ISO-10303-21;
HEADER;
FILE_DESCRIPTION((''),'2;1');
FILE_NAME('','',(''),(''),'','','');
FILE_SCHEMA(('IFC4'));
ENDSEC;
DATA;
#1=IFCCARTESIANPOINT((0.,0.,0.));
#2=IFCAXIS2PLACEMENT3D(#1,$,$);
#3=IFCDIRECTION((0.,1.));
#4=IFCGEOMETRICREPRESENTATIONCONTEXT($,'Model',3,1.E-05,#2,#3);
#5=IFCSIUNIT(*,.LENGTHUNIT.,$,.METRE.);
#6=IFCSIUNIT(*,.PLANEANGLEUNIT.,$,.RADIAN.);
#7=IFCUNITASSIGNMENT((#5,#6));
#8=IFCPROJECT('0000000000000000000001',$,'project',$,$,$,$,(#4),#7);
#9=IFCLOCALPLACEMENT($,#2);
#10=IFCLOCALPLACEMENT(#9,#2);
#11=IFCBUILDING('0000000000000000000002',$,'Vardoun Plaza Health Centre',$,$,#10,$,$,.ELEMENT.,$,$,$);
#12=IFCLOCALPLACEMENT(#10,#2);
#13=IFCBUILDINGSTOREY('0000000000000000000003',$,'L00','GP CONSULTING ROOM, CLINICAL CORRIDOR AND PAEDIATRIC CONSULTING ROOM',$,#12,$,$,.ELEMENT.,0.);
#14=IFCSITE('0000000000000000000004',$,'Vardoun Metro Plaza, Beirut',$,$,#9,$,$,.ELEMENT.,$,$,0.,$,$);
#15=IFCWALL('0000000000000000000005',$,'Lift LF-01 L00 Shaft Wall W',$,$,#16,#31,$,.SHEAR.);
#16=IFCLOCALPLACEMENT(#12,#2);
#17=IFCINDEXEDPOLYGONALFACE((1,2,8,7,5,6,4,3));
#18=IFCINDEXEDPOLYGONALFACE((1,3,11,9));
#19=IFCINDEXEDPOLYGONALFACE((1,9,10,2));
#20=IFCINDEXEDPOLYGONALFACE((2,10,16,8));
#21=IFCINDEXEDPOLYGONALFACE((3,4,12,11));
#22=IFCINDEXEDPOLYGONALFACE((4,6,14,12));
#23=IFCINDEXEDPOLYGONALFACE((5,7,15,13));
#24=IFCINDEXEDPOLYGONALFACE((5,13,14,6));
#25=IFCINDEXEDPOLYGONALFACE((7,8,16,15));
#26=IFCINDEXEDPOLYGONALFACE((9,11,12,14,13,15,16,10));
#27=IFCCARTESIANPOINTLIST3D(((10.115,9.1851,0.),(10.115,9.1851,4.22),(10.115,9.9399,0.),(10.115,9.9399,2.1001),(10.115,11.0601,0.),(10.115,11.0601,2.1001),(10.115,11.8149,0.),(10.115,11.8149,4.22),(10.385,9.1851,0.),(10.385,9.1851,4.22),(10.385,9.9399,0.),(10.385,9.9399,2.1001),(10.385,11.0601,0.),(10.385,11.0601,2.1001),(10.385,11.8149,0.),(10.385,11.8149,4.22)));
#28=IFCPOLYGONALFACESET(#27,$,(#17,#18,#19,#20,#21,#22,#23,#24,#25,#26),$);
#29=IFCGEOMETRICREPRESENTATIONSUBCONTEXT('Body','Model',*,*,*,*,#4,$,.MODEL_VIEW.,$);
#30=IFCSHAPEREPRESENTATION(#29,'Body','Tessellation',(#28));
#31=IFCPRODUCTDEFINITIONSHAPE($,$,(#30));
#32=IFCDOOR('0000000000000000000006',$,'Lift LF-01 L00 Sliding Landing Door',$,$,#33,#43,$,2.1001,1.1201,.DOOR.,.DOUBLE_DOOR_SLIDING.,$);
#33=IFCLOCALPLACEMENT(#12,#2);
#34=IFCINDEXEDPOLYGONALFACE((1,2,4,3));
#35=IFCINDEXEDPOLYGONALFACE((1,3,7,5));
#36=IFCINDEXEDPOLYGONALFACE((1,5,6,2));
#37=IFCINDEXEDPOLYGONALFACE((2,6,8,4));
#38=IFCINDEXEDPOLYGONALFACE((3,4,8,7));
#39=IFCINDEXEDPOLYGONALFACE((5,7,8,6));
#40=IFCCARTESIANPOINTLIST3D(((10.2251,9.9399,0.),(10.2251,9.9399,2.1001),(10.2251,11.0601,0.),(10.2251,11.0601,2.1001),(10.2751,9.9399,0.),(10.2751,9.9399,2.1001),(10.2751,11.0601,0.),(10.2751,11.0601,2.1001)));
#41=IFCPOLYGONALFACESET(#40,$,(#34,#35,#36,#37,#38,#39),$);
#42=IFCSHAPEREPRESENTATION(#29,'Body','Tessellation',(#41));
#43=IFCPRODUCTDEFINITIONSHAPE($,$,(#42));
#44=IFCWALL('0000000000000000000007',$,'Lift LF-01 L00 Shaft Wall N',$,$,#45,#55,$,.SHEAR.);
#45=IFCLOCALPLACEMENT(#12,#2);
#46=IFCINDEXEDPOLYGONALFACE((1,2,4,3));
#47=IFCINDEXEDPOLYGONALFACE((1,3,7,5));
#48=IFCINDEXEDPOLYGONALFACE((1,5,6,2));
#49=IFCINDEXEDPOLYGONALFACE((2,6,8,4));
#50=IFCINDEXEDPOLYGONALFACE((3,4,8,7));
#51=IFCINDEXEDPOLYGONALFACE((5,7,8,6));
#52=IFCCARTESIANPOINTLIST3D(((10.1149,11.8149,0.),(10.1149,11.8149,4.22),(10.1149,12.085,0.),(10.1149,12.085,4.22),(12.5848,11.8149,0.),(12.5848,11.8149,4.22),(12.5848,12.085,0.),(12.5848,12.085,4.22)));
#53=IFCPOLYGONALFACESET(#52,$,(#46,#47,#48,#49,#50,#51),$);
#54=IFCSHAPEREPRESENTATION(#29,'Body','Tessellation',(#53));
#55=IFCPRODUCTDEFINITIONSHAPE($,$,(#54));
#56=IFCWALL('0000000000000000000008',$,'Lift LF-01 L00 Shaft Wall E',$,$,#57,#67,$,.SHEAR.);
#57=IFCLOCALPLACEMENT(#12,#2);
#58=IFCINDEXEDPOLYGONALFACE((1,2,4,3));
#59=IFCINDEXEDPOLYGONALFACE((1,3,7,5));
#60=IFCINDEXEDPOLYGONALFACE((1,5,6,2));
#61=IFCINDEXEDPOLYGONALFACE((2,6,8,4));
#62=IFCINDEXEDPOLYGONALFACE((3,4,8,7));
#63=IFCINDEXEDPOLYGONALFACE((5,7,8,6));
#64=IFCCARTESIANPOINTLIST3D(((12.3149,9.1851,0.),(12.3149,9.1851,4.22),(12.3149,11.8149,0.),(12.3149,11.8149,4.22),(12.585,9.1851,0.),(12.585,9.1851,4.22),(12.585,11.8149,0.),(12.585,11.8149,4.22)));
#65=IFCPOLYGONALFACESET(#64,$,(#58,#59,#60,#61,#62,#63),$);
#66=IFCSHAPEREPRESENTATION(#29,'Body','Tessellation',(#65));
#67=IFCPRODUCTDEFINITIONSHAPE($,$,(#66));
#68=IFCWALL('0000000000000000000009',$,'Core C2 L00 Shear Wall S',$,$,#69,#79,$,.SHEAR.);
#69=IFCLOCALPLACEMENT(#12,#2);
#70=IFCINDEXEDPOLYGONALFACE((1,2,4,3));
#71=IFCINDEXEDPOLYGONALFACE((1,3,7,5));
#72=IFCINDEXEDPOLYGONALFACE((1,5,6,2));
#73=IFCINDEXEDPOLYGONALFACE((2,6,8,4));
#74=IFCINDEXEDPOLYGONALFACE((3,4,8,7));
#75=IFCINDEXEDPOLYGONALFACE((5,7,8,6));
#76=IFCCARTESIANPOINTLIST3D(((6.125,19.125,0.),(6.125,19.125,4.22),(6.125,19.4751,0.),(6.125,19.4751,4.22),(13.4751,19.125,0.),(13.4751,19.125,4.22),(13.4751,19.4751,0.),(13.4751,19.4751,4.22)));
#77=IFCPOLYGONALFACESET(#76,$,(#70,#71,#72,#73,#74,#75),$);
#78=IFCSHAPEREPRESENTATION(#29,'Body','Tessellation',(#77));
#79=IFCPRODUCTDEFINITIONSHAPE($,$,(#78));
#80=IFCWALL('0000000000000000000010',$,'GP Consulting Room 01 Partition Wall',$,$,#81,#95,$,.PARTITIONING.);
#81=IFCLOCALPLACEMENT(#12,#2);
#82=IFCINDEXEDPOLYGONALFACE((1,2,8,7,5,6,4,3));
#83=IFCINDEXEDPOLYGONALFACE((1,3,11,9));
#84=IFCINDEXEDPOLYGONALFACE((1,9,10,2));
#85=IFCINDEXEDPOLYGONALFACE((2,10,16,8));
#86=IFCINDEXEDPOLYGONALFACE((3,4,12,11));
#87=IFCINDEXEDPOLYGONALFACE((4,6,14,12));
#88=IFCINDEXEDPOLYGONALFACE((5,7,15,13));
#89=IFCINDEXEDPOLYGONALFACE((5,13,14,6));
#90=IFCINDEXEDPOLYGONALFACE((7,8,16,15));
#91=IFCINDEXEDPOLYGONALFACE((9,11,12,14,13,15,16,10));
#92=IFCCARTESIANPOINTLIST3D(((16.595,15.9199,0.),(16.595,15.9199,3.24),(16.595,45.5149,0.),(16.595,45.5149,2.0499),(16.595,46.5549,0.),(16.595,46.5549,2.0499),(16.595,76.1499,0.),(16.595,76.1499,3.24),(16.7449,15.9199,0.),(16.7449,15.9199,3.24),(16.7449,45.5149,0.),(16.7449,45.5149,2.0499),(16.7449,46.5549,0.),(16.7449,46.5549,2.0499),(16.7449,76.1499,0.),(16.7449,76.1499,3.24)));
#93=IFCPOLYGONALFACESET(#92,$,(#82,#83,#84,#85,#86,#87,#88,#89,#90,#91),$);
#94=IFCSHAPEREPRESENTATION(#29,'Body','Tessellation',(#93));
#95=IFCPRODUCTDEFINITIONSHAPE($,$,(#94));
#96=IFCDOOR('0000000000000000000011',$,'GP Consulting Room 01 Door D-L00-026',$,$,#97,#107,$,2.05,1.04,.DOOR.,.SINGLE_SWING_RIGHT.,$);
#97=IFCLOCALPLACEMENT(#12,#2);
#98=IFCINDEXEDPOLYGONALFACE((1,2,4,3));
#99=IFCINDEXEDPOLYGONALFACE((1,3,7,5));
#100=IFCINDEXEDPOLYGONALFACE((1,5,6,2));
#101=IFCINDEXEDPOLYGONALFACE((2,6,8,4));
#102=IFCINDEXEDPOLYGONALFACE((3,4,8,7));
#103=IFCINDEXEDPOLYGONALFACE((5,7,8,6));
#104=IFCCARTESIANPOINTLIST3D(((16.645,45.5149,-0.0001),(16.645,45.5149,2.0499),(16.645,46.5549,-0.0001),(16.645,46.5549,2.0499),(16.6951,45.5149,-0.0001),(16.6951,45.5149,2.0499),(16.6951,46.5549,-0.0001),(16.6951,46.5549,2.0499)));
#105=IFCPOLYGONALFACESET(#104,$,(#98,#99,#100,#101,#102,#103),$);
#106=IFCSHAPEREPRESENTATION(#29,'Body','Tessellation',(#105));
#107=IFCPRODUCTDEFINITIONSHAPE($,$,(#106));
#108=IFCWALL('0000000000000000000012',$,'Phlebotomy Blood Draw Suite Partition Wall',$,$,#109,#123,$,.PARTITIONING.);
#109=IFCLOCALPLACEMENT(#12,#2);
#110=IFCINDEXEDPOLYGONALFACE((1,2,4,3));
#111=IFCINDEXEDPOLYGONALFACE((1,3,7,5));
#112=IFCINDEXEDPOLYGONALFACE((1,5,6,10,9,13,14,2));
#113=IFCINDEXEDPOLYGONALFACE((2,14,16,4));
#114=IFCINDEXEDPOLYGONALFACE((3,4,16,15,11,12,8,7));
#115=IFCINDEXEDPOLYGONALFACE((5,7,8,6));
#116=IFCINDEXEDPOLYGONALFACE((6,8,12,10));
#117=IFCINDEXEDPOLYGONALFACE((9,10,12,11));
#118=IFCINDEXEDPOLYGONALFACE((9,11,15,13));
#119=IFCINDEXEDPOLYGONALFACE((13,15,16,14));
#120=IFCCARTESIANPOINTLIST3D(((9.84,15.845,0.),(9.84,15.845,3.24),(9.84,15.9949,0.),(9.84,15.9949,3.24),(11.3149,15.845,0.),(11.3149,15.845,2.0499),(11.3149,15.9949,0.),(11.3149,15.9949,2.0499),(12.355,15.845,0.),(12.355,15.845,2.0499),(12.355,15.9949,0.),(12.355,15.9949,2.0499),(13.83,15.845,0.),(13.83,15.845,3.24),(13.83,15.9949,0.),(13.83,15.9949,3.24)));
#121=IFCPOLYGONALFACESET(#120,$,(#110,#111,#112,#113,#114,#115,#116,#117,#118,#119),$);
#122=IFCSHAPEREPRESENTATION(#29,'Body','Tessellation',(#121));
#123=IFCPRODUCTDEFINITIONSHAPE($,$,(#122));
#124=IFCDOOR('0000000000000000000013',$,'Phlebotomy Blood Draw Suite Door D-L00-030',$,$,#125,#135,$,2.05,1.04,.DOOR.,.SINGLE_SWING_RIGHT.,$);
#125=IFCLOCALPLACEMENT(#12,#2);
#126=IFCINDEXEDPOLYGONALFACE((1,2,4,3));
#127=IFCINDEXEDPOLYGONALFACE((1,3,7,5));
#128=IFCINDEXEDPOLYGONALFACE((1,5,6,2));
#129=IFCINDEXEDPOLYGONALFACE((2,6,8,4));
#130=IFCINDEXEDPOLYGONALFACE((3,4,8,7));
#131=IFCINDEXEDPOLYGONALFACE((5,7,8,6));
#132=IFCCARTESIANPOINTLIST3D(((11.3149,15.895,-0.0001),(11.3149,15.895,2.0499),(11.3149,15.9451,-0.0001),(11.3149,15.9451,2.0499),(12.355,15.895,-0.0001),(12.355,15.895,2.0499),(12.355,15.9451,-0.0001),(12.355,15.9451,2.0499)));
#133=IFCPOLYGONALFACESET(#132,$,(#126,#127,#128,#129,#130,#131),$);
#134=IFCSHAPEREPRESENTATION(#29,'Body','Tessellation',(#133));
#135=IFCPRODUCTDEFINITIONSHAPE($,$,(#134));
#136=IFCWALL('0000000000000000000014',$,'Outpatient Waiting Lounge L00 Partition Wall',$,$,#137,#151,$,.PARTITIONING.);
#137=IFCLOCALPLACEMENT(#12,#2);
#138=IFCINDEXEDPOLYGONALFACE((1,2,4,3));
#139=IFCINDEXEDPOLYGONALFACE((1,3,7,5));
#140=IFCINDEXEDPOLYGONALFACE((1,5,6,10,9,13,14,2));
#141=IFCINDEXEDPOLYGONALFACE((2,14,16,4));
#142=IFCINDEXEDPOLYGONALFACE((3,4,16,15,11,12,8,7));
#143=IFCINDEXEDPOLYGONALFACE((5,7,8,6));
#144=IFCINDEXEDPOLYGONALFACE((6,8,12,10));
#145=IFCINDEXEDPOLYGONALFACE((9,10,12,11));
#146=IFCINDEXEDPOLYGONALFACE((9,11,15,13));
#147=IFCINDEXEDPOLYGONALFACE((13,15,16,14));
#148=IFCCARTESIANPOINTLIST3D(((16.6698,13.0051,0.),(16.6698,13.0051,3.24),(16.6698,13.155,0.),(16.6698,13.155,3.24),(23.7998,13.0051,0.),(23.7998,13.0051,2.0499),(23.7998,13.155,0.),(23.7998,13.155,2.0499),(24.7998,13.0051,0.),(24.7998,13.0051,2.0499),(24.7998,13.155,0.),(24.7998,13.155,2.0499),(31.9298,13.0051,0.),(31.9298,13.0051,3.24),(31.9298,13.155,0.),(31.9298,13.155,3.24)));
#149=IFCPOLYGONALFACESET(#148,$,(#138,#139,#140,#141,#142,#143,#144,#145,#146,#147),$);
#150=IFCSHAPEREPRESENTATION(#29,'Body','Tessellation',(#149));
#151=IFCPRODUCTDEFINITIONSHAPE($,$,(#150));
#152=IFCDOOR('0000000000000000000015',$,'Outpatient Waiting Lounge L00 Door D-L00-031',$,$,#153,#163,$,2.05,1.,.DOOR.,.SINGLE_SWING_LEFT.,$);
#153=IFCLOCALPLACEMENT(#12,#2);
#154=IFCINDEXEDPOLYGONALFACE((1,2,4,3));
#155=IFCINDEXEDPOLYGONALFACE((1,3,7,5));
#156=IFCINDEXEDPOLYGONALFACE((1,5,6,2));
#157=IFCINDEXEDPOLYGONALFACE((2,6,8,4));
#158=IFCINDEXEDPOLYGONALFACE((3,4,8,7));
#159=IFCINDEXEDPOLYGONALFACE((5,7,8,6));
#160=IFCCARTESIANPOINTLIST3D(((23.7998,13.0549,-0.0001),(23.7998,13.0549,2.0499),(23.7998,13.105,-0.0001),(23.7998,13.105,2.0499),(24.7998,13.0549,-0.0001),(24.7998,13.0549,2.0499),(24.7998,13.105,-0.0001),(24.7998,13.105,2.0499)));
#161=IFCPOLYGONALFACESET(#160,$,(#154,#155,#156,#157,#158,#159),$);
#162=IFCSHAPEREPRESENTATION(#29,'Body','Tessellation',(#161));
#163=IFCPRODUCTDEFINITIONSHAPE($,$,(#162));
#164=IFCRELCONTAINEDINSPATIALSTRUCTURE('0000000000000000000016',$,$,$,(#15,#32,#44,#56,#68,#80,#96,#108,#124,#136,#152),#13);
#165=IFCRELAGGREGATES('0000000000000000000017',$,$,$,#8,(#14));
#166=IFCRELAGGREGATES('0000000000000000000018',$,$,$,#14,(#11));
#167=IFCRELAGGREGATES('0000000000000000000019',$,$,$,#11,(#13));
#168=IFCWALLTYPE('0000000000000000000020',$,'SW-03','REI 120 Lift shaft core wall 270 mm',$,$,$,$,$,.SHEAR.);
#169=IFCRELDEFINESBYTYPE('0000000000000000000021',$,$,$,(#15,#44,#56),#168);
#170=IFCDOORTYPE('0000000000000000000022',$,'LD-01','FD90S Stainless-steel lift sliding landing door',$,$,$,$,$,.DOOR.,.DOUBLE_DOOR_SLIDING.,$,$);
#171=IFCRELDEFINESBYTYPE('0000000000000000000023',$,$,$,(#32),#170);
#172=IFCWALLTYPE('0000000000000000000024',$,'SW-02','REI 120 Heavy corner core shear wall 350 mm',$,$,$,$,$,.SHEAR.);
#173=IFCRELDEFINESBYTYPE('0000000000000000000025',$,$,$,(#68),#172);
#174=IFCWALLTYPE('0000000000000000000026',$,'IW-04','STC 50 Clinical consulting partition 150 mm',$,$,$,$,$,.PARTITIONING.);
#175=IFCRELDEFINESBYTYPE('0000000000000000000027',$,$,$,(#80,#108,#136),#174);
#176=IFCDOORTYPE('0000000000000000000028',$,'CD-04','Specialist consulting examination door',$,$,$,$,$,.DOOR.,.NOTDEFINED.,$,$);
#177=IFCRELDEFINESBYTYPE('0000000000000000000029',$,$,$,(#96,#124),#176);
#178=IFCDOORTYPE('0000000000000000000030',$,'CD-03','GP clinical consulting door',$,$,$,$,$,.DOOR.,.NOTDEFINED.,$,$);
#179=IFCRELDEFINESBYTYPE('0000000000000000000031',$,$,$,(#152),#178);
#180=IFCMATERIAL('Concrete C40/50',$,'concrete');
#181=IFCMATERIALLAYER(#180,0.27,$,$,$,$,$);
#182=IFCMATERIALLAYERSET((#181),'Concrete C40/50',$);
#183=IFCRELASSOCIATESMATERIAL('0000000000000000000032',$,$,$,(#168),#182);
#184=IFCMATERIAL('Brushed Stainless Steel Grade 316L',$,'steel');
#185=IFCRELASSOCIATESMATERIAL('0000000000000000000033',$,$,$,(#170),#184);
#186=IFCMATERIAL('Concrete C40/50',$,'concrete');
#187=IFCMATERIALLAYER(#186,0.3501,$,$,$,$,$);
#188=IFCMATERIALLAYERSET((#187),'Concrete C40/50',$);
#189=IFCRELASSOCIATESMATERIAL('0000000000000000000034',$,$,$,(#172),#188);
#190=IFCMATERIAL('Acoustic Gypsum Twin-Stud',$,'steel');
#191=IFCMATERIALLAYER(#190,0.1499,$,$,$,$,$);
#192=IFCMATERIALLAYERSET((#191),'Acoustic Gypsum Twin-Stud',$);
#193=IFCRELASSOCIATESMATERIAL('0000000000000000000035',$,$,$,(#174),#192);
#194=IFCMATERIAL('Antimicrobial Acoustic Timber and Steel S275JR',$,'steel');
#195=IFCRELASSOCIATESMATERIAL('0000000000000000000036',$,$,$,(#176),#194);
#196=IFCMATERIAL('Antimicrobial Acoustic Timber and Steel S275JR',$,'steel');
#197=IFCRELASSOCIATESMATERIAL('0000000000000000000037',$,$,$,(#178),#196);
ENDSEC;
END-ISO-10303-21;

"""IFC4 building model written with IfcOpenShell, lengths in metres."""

from ifc_helpers import new_model, si_unit, direction, frame, frame_2d, origin, place, context, subcontext, project, spatial, rectangle, extrude, material, layer, layer_set, type_object, element, fill, save


model = new_model("IFC4")

# Units and contexts
model_context = context("Model", 3, precision=1e-05, world=origin(), true_north=direction((0.0, 1.0)))
body_context = subcontext(model_context, "Body", "Model", "MODEL_VIEW")
ifc_project = project(units=[si_unit("LENGTHUNIT", "METRE"), si_unit("PLANEANGLEUNIT", "RADIAN")], contexts=[model_context])

# Site, building, storey
site_placement = place(None, origin())
site = spatial("IfcSite", under=ifc_project, at=site_placement, Name="Vardoun Metro Plaza, Beirut", CompositionType="ELEMENT", RefElevation=0.0)
building_placement = place(site_placement, origin())
building = spatial("IfcBuilding", under=site, at=building_placement, Name="Vardoun Plaza Health Centre", CompositionType="ELEMENT")
storey_placement = place(building_placement, origin())
storey = spatial("IfcBuildingStorey", under=building, at=storey_placement, Name="L00", Description="GP CONSULTING ROOM, CLINICAL CORRIDOR AND PAEDIATRIC CONSULTING ROOM", CompositionType="ELEMENT", Elevation=0.0)

# Shared definitions
ifc_material_1 = material(Name="Concrete C40/50", Category="concrete")
ifc_layer_1 = layer(ifc_material_1, 0.27)
ifc_layer_set_1 = layer_set([ifc_layer_1], Name="Concrete C40/50")
wall_type_1 = type_object("IfcWallType", Name="SW-03", Description="REI 120 Lift shaft core wall 270 mm", PredefinedType="SHEAR", material=ifc_layer_set_1)

# Wall, opening, door
wall_1_placement = place(storey_placement, frame((10.25, 9.1851, 0.0), z_axis=(0.0, 0.0, 1.0), x_axis=(0.0, 1.0, 0.0)))
wall_1 = element("IfcWall", 1, at=wall_1_placement, inside=storey, type_object=wall_type_1, Name="Lift LF-01 L00 Shaft Wall W", PredefinedType="SHEAR", context=body_context, shape_type="SweptSolid", body=[
    extrude(rectangle(XDim=2.6299, YDim=0.27, at=frame_2d((1.3149, 0.0))), origin(), (0.0, 0.0, 1.0), 4.22),
])
opening_1_placement = place(wall_1_placement, frame((0.7549, 0.0, 0.0)))
opening_1 = element("IfcOpeningElement", 2, at=opening_1_placement, cuts=wall_1, PredefinedType="OPENING", context=body_context, shape_type="SweptSolid", body=[
    extrude(rectangle(XDim=1.1201, YDim=2.1001, at=frame_2d((0.5601, 1.05))), frame((0.0, 0.135, 0.0), z_axis=(0.0, -1.0, 0.0), x_axis=(1.0, 0.0, 0.0)), (0.0, 0.0, 1.0), 0.27),
])
ifc_material_2 = material(Name="Brushed Stainless Steel Grade 316L", Category="steel")
door_type_1 = type_object("IfcDoorType", Name="LD-01", Description="FD90S Stainless-steel lift sliding landing door", OperationType="DOUBLE_DOOR_SLIDING", PredefinedType="DOOR", material=ifc_material_2)
door_1_placement = place(opening_1_placement, origin())
door_1 = element("IfcDoor", 3, at=door_1_placement, inside=storey, type_object=door_type_1, Name="Lift LF-01 L00 Sliding Landing Door", OperationType="DOUBLE_DOOR_SLIDING", OverallHeight=2.1001, OverallWidth=1.1201, PredefinedType="DOOR", context=body_context, shape_type="SweptSolid", body=[
    extrude(rectangle(XDim=1.1201, YDim=2.1001, at=frame_2d((0.5601, 1.05))), frame((0.0, 0.0249, 0.0), z_axis=(0.0, -1.0, 0.0), x_axis=(1.0, 0.0, 0.0)), (0.0, 0.0, 1.0), 0.05),
])
fill(opening_1, door_1)

# Walls
wall_2_placement = place(storey_placement, frame((10.115, 11.95, 0.0), z_axis=(0.0, 0.0, 1.0), x_axis=(1.0, 0.0, 0.0)))
element("IfcWall", 4, at=wall_2_placement, inside=storey, type_object=wall_type_1, Name="Lift LF-01 L00 Shaft Wall N", PredefinedType="SHEAR", context=body_context, shape_type="SweptSolid", body=[
    extrude(rectangle(XDim=2.47, YDim=0.27, at=frame_2d((1.2349, 0.0))), origin(), (0.0, 0.0, 1.0), 4.22),
])
wall_3_placement = place(storey_placement, frame((12.45, 11.8149, 0.0), z_axis=(0.0, 0.0, 1.0), x_axis=(0.0, -1.0, 0.0)))
element("IfcWall", 5, at=wall_3_placement, inside=storey, type_object=wall_type_1, Name="Lift LF-01 L00 Shaft Wall E", PredefinedType="SHEAR", context=body_context, shape_type="SweptSolid", body=[
    extrude(rectangle(XDim=2.6299, YDim=0.27, at=frame_2d((1.3149, 0.0))), origin(), (0.0, 0.0, 1.0), 4.22),
])
ifc_material_3 = material(Name="Concrete C40/50", Category="concrete")
ifc_layer_2 = layer(ifc_material_3, 0.3501)
ifc_layer_set_2 = layer_set([ifc_layer_2], Name="Concrete C40/50")
wall_type_2 = type_object("IfcWallType", Name="SW-02", Description="REI 120 Heavy corner core shear wall 350 mm", PredefinedType="SHEAR", material=ifc_layer_set_2)
wall_4_placement = place(storey_placement, frame((13.4751, 19.3, 0.0), z_axis=(0.0, 0.0, 1.0), x_axis=(-1.0, 0.0, 0.0)))
element("IfcWall", 6, at=wall_4_placement, inside=storey, type_object=wall_type_2, Name="Core C2 L00 Shear Wall S", PredefinedType="SHEAR", context=body_context, shape_type="SweptSolid", body=[
    extrude(rectangle(XDim=7.3501, YDim=0.3501, at=frame_2d((3.675, 0.0))), origin(), (0.0, 0.0, 1.0), 4.22),
])

# Walls, openings, doors
ifc_material_4 = material(Name="Acoustic Gypsum Twin-Stud", Category="steel")
ifc_layer_3 = layer(ifc_material_4, 0.1499)
ifc_layer_set_3 = layer_set([ifc_layer_3], Name="Acoustic Gypsum Twin-Stud")
wall_type_3 = type_object("IfcWallType", Name="IW-04", Description="STC 50 Clinical consulting partition 150 mm", PredefinedType="PARTITIONING", material=ifc_layer_set_3)
wall_5_placement = place(storey_placement, frame((16.6699, 15.9199, 0.0), z_axis=(0.0, 0.0, 1.0), x_axis=(0.0, 1.0, 0.0)))
wall_5 = element("IfcWall", 7, at=wall_5_placement, inside=storey, type_object=wall_type_3, Name="GP Consulting Room 01 Partition Wall", PredefinedType="PARTITIONING", context=body_context, shape_type="SweptSolid", body=[
    extrude(rectangle(XDim=60.23, YDim=0.1499, at=frame_2d((30.115, 0.0))), origin(), (0.0, 0.0, 1.0), 3.24),
])
opening_2_placement = place(wall_5_placement, frame((29.595, 0.0, 0.0)))
opening_2 = element("IfcOpeningElement", 8, at=opening_2_placement, cuts=wall_5, PredefinedType="OPENING", context=body_context, shape_type="SweptSolid", body=[
    extrude(rectangle(XDim=1.04, YDim=2.05, at=frame_2d((0.52, 1.0249))), frame((0.0, 0.075, 0.0), z_axis=(0.0, -1.0, 0.0), x_axis=(1.0, 0.0, 0.0)), (0.0, 0.0, 1.0), 0.1499),
])
ifc_material_5 = material(Name="Antimicrobial Acoustic Timber and Steel S275JR", Category="steel")
door_type_2 = type_object("IfcDoorType", Name="CD-04", Description="Specialist consulting examination door", OperationType="NOTDEFINED", PredefinedType="DOOR", material=ifc_material_5)
door_2_placement = place(opening_2_placement, origin())
door_2 = element("IfcDoor", 9, at=door_2_placement, inside=storey, type_object=door_type_2, Name="GP Consulting Room 01 Door D-L00-026", OperationType="SINGLE_SWING_RIGHT", OverallHeight=2.05, OverallWidth=1.04, PredefinedType="DOOR", context=body_context, shape_type="SweptSolid", body=[
    extrude(rectangle(XDim=1.04, YDim=2.05, at=frame_2d((0.52, 1.0249))), frame((0.0, 0.0249, 0.0), z_axis=(0.0, -1.0, 0.0), x_axis=(1.0, 0.0, 0.0)), (0.0, 0.0, 1.0), 0.05),
])
fill(opening_2, door_2)
wall_6_placement = place(storey_placement, frame((13.8301, 15.9199, 0.0), z_axis=(0.0, 0.0, 1.0), x_axis=(-1.0, 0.0, 0.0)))
wall_6 = element("IfcWall", 10, at=wall_6_placement, inside=storey, type_object=wall_type_3, Name="Phlebotomy Blood Draw Suite Partition Wall", PredefinedType="PARTITIONING", context=body_context, shape_type="SweptSolid", body=[
    extrude(rectangle(XDim=3.99, YDim=0.1499, at=frame_2d((1.9951, 0.0))), origin(), (0.0, 0.0, 1.0), 3.24),
])
opening_3_placement = place(wall_6_placement, frame((1.4751, 0.0, 0.0)))
opening_3 = element("IfcOpeningElement", 11, at=opening_3_placement, cuts=wall_6, PredefinedType="OPENING", context=body_context, shape_type="SweptSolid", body=[
    extrude(rectangle(XDim=1.04, YDim=2.05, at=frame_2d((0.52, 1.0249))), frame((0.0, 0.075, 0.0), z_axis=(0.0, -1.0, 0.0), x_axis=(1.0, 0.0, 0.0)), (0.0, 0.0, 1.0), 0.1499),
])
door_3_placement = place(opening_3_placement, origin())
door_3 = element("IfcDoor", 12, at=door_3_placement, inside=storey, type_object=door_type_2, Name="Phlebotomy Blood Draw Suite Door D-L00-030", OperationType="SINGLE_SWING_RIGHT", OverallHeight=2.05, OverallWidth=1.04, PredefinedType="DOOR", context=body_context, shape_type="SweptSolid", body=[
    extrude(rectangle(XDim=1.04, YDim=2.05, at=frame_2d((0.52, 1.0249))), frame((0.0, 0.0249, 0.0), z_axis=(0.0, -1.0, 0.0), x_axis=(1.0, 0.0, 0.0)), (0.0, 0.0, 1.0), 0.05),
])
fill(opening_3, door_3)
wall_7_placement = place(storey_placement, frame((16.6699, 13.0801, 0.0), z_axis=(0.0, 0.0, 1.0), x_axis=(1.0, 0.0, 0.0)))
wall_7 = element("IfcWall", 13, at=wall_7_placement, inside=storey, type_object=wall_type_3, Name="Outpatient Waiting Lounge L00 Partition Wall", PredefinedType="PARTITIONING", context=body_context, shape_type="SweptSolid", body=[
    extrude(rectangle(XDim=15.26, YDim=0.1499, at=frame_2d((7.6299, 0.0))), origin(), (0.0, 0.0, 1.0), 3.24),
])
opening_4_placement = place(wall_7_placement, frame((7.1299, 0.0, 0.0)))
opening_4 = element("IfcOpeningElement", 14, at=opening_4_placement, cuts=wall_7, PredefinedType="OPENING", context=body_context, shape_type="SweptSolid", body=[
    extrude(rectangle(XDim=1.0, YDim=2.05, at=frame_2d((0.5, 1.0249))), frame((0.0, 0.075, 0.0), z_axis=(0.0, -1.0, 0.0), x_axis=(1.0, 0.0, 0.0)), (0.0, 0.0, 1.0), 0.1499),
])
ifc_material_6 = material(Name="Antimicrobial Acoustic Timber and Steel S275JR", Category="steel")
door_type_3 = type_object("IfcDoorType", Name="CD-03", Description="GP clinical consulting door", OperationType="NOTDEFINED", PredefinedType="DOOR", material=ifc_material_6)
door_4_placement = place(opening_4_placement, origin())
door_4 = element("IfcDoor", 15, at=door_4_placement, inside=storey, type_object=door_type_3, Name="Outpatient Waiting Lounge L00 Door D-L00-031", OperationType="SINGLE_SWING_LEFT", OverallHeight=2.05, OverallWidth=1.0, PredefinedType="DOOR", context=body_context, shape_type="SweptSolid", body=[
    extrude(rectangle(XDim=1.0, YDim=2.05, at=frame_2d((0.5, 1.0249))), frame((0.0, 0.0249, 0.0), z_axis=(0.0, -1.0, 0.0), x_axis=(1.0, 0.0, 0.0)), (0.0, 0.0, 1.0), 0.05),
])
fill(opening_4, door_4)

save(model, "model.ifc")
